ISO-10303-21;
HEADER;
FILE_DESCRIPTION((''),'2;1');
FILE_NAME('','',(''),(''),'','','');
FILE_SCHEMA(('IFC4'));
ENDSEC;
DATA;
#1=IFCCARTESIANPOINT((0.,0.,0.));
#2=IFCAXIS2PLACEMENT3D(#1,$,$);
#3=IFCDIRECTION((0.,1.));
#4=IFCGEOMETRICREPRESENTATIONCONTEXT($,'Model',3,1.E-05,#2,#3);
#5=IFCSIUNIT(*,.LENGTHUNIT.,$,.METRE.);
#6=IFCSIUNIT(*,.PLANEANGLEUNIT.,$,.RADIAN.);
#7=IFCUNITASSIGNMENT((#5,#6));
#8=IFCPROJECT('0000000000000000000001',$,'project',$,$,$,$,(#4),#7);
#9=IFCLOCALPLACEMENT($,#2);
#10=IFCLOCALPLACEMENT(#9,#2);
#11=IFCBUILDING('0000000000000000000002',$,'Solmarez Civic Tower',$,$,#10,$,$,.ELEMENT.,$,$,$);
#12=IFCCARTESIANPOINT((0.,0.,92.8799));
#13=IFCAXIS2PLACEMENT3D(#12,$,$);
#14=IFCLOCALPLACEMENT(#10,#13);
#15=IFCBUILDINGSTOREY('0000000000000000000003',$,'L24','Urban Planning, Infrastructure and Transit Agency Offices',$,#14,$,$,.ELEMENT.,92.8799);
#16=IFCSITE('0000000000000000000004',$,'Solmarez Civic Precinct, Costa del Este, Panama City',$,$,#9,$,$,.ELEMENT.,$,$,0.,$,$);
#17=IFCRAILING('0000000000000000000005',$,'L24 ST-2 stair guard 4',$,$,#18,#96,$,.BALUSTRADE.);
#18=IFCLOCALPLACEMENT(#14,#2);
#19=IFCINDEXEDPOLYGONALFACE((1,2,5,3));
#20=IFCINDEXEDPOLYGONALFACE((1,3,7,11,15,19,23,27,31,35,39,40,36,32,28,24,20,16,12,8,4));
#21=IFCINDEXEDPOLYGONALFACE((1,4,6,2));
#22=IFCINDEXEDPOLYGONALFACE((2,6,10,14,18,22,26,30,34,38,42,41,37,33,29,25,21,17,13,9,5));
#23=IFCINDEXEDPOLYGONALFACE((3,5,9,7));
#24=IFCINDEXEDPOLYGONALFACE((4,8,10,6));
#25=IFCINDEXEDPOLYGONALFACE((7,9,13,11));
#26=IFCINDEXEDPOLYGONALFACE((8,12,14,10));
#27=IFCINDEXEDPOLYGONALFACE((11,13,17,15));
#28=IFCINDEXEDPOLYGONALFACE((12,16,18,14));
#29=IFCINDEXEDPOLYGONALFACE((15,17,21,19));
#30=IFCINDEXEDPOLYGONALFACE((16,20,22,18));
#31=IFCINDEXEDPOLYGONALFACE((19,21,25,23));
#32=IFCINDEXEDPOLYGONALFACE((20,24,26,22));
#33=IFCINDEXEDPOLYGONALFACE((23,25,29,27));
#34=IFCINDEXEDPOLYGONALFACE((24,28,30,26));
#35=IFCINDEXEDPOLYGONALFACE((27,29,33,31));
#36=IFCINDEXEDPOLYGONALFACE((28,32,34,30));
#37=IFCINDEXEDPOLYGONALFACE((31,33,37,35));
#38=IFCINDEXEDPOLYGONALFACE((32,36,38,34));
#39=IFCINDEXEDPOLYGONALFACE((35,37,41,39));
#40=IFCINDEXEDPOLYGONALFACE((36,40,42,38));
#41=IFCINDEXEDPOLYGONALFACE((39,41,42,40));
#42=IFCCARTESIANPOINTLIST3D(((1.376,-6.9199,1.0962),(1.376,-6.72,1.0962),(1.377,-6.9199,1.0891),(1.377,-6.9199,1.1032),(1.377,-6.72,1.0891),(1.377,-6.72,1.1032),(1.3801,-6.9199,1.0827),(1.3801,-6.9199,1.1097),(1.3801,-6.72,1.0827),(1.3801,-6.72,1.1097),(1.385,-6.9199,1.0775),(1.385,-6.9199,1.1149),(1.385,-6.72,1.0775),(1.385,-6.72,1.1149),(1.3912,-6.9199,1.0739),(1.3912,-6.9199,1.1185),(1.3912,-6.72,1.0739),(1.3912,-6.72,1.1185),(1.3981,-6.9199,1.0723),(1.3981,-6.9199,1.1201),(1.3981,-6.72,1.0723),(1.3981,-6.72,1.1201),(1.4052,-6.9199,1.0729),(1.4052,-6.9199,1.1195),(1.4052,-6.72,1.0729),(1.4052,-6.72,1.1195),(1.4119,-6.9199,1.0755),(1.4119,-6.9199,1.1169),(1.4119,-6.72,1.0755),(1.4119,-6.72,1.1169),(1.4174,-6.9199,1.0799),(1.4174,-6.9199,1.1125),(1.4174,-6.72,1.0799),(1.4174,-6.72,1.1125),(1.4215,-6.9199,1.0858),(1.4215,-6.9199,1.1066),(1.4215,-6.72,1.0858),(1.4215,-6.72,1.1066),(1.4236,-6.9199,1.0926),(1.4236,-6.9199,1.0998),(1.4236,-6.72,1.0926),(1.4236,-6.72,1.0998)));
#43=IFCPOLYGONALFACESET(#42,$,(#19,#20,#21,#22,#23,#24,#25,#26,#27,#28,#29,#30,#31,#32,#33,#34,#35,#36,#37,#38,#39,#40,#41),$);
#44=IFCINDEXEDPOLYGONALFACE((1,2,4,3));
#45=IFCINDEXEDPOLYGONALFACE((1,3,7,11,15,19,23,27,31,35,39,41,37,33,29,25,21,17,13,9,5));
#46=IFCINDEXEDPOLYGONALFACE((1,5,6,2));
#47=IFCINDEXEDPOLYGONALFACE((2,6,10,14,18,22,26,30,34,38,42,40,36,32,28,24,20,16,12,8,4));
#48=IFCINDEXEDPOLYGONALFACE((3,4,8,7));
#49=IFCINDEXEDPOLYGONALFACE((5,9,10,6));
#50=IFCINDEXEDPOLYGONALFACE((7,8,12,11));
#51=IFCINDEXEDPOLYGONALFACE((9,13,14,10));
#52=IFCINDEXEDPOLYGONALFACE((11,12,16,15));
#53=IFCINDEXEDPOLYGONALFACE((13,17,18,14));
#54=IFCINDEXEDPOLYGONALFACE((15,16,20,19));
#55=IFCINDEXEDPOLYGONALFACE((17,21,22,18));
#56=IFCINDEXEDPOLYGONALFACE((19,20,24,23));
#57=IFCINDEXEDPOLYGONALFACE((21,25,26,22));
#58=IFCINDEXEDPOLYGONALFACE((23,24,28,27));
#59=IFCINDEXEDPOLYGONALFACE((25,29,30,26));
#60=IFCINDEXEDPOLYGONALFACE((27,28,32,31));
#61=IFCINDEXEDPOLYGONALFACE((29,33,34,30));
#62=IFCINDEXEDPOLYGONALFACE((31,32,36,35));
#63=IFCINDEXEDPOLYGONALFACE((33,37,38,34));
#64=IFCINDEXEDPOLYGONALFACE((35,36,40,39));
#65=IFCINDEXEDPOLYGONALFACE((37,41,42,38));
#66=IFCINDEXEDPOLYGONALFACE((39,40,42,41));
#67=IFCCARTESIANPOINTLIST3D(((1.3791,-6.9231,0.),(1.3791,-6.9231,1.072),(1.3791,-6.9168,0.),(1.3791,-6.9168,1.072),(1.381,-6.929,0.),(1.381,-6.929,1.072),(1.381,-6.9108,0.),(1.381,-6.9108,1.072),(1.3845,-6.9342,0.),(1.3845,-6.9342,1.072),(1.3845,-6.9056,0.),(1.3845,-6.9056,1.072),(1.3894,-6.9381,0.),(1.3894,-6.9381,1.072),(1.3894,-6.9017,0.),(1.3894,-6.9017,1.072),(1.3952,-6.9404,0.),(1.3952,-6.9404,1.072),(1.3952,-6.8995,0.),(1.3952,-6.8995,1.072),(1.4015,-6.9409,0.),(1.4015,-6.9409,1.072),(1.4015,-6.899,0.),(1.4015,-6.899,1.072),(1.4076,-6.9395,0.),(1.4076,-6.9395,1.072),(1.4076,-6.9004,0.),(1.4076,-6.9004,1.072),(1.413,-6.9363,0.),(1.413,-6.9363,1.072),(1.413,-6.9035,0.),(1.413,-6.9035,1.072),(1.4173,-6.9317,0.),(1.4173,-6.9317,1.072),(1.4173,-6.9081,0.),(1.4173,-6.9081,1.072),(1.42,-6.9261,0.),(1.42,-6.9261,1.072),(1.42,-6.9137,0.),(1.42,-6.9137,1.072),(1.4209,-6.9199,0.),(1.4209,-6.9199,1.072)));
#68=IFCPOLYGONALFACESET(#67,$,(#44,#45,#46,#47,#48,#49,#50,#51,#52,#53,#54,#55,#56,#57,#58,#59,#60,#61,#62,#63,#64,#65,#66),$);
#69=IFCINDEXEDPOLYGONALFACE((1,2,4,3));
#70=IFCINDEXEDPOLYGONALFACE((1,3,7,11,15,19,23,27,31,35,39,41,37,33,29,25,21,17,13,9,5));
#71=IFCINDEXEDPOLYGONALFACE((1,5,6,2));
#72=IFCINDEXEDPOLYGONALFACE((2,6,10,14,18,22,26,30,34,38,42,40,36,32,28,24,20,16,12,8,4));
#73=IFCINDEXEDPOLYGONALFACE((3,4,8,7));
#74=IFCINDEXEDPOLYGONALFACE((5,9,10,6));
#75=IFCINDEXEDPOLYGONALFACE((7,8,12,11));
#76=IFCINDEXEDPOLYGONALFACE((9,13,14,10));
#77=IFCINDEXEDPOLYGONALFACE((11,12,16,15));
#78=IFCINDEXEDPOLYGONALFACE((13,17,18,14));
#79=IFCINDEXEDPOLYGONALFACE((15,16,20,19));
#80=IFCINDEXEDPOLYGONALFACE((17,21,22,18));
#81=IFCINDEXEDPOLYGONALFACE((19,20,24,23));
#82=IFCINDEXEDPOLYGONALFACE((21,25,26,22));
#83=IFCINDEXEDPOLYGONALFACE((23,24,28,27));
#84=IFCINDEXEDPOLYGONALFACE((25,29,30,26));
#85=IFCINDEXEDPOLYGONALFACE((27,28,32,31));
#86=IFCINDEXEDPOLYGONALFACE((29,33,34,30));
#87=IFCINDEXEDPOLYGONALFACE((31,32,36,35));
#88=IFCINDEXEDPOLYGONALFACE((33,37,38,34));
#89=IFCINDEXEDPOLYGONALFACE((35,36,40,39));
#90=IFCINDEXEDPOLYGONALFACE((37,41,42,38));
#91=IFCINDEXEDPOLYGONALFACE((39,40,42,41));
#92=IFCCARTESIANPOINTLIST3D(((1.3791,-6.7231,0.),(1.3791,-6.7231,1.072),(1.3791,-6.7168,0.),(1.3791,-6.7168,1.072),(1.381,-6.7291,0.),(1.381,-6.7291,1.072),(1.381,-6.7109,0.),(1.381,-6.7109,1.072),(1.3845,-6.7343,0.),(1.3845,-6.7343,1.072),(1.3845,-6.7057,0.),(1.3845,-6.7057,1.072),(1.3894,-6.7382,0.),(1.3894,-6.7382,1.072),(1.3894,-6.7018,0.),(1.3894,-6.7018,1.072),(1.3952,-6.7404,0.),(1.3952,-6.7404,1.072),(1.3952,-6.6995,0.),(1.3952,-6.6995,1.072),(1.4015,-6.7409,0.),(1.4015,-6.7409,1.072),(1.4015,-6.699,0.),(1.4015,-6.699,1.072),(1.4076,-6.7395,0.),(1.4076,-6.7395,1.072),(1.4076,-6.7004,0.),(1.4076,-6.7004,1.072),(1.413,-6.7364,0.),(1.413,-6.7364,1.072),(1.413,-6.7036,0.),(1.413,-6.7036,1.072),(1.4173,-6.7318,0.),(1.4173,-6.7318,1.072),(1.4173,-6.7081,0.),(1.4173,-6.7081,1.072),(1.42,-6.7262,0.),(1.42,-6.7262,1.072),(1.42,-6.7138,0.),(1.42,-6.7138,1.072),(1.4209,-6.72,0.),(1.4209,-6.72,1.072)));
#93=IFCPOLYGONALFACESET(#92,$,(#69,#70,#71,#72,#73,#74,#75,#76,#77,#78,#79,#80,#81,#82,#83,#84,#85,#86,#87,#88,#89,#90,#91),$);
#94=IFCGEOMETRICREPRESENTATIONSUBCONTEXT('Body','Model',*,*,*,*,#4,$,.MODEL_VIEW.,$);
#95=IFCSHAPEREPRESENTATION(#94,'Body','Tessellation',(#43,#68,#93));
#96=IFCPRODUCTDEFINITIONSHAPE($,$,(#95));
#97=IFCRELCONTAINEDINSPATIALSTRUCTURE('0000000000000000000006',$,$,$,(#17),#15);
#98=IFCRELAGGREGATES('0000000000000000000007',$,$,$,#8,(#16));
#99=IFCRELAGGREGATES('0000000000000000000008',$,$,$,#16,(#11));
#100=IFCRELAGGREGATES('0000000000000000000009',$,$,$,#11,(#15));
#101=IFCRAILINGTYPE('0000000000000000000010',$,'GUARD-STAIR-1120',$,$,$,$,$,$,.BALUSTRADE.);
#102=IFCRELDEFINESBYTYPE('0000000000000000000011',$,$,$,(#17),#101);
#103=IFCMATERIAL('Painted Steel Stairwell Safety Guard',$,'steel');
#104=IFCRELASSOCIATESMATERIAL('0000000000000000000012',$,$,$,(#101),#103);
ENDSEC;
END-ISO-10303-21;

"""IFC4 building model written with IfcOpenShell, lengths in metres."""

from ifc_helpers import new_model, si_unit, direction, frame, origin, origin_2d, place, context, subcontext, project, spatial, circle, extrude, material, type_object, element, save


model = new_model("IFC4")

# Units and contexts
model_context = context("Model", 3, precision=1e-05, world=origin(), true_north=direction((0.0, 1.0)))
body_context = subcontext(model_context, "Body", "Model", "MODEL_VIEW")
ifc_project = project(units=[si_unit("LENGTHUNIT", "METRE"), si_unit("PLANEANGLEUNIT", "RADIAN")], contexts=[model_context])

# Site, building, storey
site_placement = place(None, origin())
site = spatial("IfcSite", under=ifc_project, at=site_placement, Name="Solmarez Civic Precinct, Costa del Este, Panama City", CompositionType="ELEMENT", RefElevation=0.0)
building_placement = place(site_placement, origin())
building = spatial("IfcBuilding", under=site, at=building_placement, Name="Solmarez Civic Tower", CompositionType="ELEMENT")
storey_placement = place(building_placement, frame((0.0, 0.0, 92.8799)))
storey = spatial("IfcBuildingStorey", under=building, at=storey_placement, Name="L24", Description="Urban Planning, Infrastructure and Transit Agency Offices", CompositionType="ELEMENT", Elevation=92.8799)

# Railing
ifc_material_1 = material(Name="Painted Steel Stairwell Safety Guard", Category="steel")
railing_type_1 = type_object("IfcRailingType", Name="GUARD-STAIR-1120", PredefinedType="BALUSTRADE", material=ifc_material_1)
railing_1_placement = place(storey_placement, frame((1.3999, -6.9199, 0.0)))
element("IfcRailing", 1, at=railing_1_placement, inside=storey, type_object=railing_type_1, Name="L24 ST-2 stair guard 4", PredefinedType="BALUSTRADE", context=body_context, shape_type="SweptSolid", body=[
    extrude(circle(Radius=0.0239, at=origin_2d()), frame((0.0, 0.0, 1.0962), z_axis=(0.0, 1.0, 0.0), x_axis=(-1.0, 0.0, 0.0)), (0.0, 0.0, 1.0), 0.2),
    extrude(circle(Radius=0.021, at=origin_2d()), origin(), (0.0, 0.0, 1.0), 1.072),
    extrude(circle(Radius=0.021, at=origin_2d()), frame((0.0, 0.2, 0.0)), (0.0, 0.0, 1.0), 1.072),
])

save(model, "model.ifc")
